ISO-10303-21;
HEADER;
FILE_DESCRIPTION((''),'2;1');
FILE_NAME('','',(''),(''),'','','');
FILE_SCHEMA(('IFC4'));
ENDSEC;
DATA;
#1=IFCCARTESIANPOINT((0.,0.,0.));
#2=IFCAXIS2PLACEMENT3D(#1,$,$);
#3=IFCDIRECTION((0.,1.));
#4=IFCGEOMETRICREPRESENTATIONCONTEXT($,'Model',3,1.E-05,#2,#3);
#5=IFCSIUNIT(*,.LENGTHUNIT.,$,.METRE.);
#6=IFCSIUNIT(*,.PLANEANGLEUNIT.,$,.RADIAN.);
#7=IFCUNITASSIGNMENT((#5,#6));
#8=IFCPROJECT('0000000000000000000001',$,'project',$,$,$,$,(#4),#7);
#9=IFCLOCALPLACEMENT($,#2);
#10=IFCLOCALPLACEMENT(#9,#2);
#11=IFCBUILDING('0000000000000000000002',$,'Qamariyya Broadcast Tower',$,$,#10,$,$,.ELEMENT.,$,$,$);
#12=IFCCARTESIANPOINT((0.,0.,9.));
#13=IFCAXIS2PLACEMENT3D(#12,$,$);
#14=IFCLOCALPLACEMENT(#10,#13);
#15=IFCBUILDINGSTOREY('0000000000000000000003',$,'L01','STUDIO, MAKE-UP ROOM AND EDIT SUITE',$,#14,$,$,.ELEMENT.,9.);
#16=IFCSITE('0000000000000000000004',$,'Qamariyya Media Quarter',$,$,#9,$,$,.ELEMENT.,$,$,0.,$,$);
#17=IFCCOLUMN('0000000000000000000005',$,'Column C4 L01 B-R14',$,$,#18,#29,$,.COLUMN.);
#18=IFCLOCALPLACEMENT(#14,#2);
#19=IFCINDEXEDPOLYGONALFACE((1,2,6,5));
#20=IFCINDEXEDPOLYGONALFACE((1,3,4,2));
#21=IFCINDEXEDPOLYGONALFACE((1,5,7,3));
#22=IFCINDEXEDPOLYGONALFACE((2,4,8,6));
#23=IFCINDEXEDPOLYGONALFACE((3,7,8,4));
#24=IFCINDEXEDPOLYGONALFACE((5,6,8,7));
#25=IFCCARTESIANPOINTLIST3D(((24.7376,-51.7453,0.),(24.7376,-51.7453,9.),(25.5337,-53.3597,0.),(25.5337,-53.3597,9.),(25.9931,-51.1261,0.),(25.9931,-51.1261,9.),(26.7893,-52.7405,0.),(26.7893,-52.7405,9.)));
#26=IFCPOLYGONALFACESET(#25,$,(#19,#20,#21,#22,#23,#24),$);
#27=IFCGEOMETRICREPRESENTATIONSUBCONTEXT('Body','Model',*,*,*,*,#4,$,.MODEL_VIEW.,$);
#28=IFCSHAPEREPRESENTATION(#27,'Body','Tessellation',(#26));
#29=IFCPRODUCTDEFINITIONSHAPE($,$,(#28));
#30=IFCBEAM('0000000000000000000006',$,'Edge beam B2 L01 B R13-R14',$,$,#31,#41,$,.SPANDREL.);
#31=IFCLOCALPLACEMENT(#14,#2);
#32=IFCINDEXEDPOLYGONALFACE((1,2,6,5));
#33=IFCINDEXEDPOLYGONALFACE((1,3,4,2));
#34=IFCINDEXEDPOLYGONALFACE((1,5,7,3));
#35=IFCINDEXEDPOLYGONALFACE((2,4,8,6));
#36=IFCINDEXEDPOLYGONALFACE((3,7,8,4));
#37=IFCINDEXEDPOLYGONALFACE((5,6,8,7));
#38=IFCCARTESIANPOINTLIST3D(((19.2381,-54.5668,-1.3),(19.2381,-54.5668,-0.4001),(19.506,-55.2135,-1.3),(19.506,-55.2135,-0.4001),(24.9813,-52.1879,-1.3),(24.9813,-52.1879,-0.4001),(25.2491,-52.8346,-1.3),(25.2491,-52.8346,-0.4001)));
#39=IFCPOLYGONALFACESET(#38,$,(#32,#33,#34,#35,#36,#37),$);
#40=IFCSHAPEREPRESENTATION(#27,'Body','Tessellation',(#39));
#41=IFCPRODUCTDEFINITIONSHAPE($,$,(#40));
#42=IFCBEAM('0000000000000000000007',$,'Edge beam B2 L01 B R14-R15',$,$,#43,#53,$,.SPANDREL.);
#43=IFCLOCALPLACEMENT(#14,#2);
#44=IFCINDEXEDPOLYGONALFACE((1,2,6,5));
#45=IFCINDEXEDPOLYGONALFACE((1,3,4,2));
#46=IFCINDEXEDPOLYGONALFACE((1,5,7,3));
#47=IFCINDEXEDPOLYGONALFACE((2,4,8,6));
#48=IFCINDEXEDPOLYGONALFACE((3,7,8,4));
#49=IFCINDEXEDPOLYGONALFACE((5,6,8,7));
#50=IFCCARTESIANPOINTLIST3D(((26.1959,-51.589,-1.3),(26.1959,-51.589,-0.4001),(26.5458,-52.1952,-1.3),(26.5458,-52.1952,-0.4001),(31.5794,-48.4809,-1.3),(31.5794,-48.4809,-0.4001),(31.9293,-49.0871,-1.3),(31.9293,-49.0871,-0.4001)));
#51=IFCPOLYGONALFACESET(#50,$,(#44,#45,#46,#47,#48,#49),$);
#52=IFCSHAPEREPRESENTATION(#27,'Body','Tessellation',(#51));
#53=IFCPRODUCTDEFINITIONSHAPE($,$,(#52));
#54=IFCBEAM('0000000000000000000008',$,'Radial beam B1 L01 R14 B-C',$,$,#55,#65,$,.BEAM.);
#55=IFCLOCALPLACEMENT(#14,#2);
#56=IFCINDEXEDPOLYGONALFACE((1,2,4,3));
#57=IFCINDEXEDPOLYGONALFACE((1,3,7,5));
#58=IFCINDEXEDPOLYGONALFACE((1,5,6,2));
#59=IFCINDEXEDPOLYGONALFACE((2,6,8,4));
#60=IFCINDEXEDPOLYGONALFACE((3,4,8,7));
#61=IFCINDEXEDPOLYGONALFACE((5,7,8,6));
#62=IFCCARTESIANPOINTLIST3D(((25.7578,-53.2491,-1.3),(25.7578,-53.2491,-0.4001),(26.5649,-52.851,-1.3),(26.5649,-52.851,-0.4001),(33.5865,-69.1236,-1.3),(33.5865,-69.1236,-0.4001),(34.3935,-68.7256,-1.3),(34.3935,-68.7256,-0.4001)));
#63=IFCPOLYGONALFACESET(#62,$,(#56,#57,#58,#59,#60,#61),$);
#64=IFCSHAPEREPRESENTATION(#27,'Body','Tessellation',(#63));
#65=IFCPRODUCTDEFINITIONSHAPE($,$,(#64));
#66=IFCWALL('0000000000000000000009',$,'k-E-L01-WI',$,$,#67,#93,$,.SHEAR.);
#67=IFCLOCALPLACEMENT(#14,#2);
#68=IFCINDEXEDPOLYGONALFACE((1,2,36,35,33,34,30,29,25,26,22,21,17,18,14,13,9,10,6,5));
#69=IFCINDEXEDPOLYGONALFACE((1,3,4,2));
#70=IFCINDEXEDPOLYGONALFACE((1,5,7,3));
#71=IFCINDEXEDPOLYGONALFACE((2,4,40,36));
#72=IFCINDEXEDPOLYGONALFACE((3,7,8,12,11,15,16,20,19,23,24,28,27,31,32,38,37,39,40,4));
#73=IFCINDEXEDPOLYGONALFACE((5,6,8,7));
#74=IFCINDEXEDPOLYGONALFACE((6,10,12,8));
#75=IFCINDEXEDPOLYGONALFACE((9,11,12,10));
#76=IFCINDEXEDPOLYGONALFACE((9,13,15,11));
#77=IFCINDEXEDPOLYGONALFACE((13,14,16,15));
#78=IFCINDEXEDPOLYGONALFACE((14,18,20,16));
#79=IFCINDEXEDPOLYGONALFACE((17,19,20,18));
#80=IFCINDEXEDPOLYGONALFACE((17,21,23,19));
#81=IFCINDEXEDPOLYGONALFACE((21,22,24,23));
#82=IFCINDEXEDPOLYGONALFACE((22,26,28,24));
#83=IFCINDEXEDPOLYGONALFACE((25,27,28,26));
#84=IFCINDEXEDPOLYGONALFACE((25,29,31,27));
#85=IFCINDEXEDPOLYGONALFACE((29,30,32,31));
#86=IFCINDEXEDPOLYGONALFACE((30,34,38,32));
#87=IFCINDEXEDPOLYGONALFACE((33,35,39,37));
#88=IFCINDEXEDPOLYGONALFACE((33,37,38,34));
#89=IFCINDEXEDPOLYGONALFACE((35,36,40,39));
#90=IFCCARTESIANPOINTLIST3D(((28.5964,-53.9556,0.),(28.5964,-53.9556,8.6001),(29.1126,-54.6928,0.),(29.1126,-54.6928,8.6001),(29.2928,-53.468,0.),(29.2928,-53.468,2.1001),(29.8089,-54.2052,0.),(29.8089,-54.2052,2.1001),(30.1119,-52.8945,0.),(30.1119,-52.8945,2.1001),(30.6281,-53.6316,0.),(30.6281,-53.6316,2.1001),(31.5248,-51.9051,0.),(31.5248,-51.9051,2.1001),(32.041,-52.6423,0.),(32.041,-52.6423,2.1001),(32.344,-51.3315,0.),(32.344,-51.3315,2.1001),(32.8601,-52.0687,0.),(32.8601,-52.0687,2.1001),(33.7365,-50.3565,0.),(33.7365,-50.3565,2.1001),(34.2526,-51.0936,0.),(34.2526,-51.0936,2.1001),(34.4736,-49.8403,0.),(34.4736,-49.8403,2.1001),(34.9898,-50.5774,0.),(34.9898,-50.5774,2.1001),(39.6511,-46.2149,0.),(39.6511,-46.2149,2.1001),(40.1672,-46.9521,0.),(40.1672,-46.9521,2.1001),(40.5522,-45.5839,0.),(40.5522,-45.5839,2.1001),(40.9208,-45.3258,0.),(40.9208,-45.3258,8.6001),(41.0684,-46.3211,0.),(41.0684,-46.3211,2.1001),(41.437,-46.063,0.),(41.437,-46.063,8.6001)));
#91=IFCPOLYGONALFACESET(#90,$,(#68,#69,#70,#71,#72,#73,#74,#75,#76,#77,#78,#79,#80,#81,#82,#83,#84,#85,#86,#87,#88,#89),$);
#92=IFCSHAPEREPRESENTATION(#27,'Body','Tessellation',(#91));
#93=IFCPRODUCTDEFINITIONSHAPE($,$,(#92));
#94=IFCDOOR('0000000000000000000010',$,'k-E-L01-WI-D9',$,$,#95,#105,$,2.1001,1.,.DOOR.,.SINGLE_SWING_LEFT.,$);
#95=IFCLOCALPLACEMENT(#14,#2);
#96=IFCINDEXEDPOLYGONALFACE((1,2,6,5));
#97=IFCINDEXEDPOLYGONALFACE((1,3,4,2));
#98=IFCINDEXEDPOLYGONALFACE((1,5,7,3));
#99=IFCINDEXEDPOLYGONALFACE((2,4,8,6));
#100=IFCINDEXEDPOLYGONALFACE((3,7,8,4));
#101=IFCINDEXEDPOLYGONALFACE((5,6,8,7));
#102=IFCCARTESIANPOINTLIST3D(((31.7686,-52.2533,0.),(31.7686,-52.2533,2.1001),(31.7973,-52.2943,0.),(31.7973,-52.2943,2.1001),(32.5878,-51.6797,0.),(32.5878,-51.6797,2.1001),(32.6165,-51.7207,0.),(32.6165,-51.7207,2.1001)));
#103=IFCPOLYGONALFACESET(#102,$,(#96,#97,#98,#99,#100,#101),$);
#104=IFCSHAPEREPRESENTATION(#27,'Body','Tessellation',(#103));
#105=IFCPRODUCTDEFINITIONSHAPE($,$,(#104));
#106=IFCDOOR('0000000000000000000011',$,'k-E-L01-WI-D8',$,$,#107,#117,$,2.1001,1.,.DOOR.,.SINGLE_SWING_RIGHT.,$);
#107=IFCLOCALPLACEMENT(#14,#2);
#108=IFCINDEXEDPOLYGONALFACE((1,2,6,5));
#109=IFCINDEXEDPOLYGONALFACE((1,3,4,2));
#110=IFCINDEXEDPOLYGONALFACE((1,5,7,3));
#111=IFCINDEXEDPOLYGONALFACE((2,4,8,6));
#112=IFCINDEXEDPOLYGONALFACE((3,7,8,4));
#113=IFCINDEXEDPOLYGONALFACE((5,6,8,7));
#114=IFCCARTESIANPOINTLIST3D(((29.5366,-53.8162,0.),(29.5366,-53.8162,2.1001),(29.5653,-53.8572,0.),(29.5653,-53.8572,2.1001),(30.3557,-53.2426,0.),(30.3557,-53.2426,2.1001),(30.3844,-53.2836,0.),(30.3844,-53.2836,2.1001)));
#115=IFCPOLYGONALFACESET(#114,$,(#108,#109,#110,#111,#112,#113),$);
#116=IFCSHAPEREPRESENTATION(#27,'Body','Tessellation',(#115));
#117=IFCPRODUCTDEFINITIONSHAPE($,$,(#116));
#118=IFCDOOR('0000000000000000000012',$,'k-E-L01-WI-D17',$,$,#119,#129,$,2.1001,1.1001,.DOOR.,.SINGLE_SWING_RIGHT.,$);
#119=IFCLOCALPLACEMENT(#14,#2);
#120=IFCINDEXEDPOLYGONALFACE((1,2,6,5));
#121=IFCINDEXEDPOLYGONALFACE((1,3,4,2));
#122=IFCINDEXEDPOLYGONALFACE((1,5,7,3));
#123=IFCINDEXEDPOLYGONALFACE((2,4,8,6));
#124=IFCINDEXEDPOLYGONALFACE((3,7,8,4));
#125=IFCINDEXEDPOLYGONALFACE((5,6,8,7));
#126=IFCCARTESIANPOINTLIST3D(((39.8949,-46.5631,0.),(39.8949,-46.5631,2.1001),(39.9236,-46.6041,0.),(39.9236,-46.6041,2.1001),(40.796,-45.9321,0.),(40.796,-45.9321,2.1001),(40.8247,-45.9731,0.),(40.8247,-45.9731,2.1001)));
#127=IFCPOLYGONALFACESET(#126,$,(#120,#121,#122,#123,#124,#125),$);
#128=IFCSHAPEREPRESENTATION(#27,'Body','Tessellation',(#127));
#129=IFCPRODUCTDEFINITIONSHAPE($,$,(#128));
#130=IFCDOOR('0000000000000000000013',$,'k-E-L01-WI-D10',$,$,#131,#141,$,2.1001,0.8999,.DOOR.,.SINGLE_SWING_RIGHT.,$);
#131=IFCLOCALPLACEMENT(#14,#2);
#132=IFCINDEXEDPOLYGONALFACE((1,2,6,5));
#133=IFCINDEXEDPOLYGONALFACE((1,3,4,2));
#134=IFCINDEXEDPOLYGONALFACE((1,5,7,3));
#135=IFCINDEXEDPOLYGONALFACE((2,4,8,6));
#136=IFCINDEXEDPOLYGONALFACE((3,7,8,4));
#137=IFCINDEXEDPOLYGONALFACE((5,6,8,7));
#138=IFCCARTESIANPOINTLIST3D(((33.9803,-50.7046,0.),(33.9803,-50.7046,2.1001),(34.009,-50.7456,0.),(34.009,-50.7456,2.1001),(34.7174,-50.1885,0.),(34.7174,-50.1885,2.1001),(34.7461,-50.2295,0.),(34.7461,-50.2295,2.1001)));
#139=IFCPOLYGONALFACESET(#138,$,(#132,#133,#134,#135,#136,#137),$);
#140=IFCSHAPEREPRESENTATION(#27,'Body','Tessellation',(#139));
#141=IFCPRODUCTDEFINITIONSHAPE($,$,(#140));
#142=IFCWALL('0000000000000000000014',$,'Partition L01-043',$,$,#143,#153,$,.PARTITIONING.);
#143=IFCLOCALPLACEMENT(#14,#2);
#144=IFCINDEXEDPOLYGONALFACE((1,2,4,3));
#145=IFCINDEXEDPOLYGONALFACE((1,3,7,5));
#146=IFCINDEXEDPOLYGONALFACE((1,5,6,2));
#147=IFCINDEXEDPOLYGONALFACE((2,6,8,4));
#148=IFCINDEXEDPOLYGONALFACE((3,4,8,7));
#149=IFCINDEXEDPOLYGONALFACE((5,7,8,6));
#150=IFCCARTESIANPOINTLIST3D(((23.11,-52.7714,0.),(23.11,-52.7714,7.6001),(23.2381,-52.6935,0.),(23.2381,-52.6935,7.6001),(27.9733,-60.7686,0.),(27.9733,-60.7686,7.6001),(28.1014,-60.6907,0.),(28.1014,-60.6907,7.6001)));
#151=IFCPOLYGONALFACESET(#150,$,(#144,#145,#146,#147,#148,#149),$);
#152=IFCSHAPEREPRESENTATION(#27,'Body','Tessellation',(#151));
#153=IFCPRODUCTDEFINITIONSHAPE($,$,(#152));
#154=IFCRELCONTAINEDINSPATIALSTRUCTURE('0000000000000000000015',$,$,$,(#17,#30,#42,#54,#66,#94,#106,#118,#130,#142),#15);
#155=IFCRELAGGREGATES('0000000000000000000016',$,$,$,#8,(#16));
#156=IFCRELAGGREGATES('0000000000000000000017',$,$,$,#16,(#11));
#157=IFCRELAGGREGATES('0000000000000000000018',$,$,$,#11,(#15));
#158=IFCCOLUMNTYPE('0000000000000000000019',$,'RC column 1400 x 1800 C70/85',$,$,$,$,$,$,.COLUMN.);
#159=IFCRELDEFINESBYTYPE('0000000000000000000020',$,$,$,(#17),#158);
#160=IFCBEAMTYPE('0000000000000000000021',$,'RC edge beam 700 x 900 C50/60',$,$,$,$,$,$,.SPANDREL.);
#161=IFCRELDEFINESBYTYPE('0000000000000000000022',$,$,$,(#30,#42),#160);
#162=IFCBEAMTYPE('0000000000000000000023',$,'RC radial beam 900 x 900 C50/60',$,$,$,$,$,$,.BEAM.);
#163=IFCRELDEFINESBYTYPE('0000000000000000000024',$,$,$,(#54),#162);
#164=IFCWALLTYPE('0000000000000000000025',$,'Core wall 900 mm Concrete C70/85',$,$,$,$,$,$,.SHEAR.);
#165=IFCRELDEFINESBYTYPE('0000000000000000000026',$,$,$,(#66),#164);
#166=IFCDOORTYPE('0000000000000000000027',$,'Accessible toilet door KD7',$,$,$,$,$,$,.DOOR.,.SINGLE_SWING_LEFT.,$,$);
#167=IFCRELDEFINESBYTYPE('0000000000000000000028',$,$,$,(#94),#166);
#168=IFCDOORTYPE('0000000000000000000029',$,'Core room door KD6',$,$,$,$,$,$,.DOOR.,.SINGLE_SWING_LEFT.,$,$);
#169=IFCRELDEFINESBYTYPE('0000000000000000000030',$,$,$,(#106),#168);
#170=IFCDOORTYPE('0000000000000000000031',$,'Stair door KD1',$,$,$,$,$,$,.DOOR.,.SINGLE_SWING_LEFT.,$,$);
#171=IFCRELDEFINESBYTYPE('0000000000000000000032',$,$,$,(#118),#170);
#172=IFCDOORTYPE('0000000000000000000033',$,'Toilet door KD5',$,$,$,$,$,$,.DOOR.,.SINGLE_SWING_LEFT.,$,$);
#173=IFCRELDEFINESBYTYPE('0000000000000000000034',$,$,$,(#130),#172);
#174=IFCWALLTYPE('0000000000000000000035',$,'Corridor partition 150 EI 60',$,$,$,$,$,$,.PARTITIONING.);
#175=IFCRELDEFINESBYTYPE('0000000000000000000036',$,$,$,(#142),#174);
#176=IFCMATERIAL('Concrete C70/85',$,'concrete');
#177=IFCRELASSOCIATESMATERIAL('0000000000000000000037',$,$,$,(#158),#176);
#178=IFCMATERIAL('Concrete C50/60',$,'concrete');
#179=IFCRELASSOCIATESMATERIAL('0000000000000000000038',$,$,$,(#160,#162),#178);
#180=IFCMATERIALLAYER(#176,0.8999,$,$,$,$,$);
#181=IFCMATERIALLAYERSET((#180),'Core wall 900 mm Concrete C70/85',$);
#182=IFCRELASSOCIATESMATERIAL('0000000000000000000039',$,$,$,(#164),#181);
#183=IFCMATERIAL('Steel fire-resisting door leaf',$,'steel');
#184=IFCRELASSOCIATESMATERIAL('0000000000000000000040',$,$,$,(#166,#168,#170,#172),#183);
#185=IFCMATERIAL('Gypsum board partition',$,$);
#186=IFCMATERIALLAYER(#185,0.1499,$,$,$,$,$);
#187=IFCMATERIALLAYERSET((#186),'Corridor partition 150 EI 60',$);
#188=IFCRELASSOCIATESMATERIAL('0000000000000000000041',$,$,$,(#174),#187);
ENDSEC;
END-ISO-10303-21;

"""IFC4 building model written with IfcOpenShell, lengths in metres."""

from ifc_helpers import new_model, si_unit, direction, frame, frame_2d, origin, origin_2d, place, context, subcontext, project, spatial, rectangle, extrude, material, layer, layer_set, material_profile, profile_set, type_object, element, fill, save


model = new_model("IFC4")

# Units and contexts
model_context = context("Model", 3, precision=1e-05, world=origin(), true_north=direction((0.0, 1.0)))
body_context = subcontext(model_context, "Body", "Model", "MODEL_VIEW")
ifc_project = project(units=[si_unit("LENGTHUNIT", "METRE"), si_unit("PLANEANGLEUNIT", "RADIAN")], contexts=[model_context])

# Site, building, storey
site_placement = place(None, origin())
site = spatial("IfcSite", under=ifc_project, at=site_placement, Name="Qamariyya Media Quarter", CompositionType="ELEMENT", RefElevation=0.0)
building_placement = place(site_placement, origin())
building = spatial("IfcBuilding", under=site, at=building_placement, Name="Qamariyya Broadcast Tower", CompositionType="ELEMENT")
storey_placement = place(building_placement, frame((0.0, 0.0, 9.0)))
storey = spatial("IfcBuildingStorey", under=building, at=storey_placement, Name="L01", Description="STUDIO, MAKE-UP ROOM AND EDIT SUITE", CompositionType="ELEMENT", Elevation=9.0)

# Column
ifc_material_1 = material(Name="Concrete C70/85", Category="concrete")
ifc_material_profile_1 = material_profile(ifc_material_1, rectangle(XDim=1.3999, YDim=1.8, at=origin_2d()))
ifc_profile_set_1 = profile_set([ifc_material_profile_1], Name="Concrete C70/85")
column_type = type_object("IfcColumnType", Name="RC column 1400 x 1800 C70/85", PredefinedType="COLUMN", material=ifc_profile_set_1)
column_placement = place(storey_placement, frame((25.7634, -52.2429, 0.0), z_axis=(0.0, 0.0, 1.0), x_axis=(0.896873, 0.442289, 0.0)))
element("IfcColumn", 1, at=column_placement, inside=storey, type_object=column_type, Name="Column C4 L01 B-R14", PredefinedType="COLUMN", context=body_context, shape_type="SweptSolid", body=[
    extrude(rectangle(XDim=1.3999, YDim=1.8, at=origin_2d()), origin(), (0.0, 0.0, 1.0), 9.0),
])

# Beams
ifc_material_2 = material(Name="Concrete C50/60", Category="concrete")
ifc_material_profile_2 = material_profile(ifc_material_2, rectangle(XDim=0.7, YDim=0.8999, at=origin_2d()))
ifc_profile_set_2 = profile_set([ifc_material_profile_2], Name="Concrete C50/60")
beam_type_1 = type_object("IfcBeamType", Name="RC edge beam 700 x 900 C50/60", PredefinedType="SPANDREL", material=ifc_profile_set_2)
for number, where, z_axis, x_axis, name in (
    (2, (19.3721, -54.8901, -0.8501), (0.923879, 0.382685, 0.0), (-0.382685, 0.923879, 0.0), "Edge beam B2 L01 B R13-R14"),
    (3, (26.3708, -51.8921, -0.8501), (0.866028, 0.499996, 0.0), (-0.499996, 0.866028, 0.0), "Edge beam B2 L01 B R14-R15"),
):
    element("IfcBeam", number, at=place(storey_placement, frame(where, z_axis=z_axis, x_axis=x_axis)), inside=storey, type_object=beam_type_1, Name=name, PredefinedType="SPANDREL", context=body_context, shape_type="SweptSolid", body=[
        extrude(rectangle(XDim=0.7, YDim=0.8999, at=origin_2d()), origin(), (0.0, 0.0, 1.0), 6.2163),
    ])
ifc_material_profile_3 = material_profile(ifc_material_2, rectangle(XDim=0.8999, YDim=0.8999, at=origin_2d()))
ifc_profile_set_3 = profile_set([ifc_material_profile_3], Name="Concrete C50/60")
beam_type_2 = type_object("IfcBeamType", Name="RC radial beam 900 x 900 C50/60", PredefinedType="BEAM", material=ifc_profile_set_3)
beam_placement = place(storey_placement, frame((26.1614, -53.05, -0.8501), z_axis=(0.442296, -0.896869, 0.0), x_axis=(0.896869, 0.442296, 0.0)))
element("IfcBeam", 4, at=beam_placement, inside=storey, type_object=beam_type_2, Name="Radial beam B1 L01 R14 B-C", PredefinedType="BEAM", context=body_context, shape_type="SweptSolid", body=[
    extrude(rectangle(XDim=0.8999, YDim=0.8999, at=origin_2d()), origin(), (0.0, 0.0, 1.0), 17.7),
])

# Wall, openings, doors
ifc_layer_1 = layer(ifc_material_1, 0.8999)
ifc_layer_set_1 = layer_set([ifc_layer_1], Name="Core wall 900 mm Concrete C70/85")
wall_type_1 = type_object("IfcWallType", Name="Core wall 900 mm Concrete C70/85", PredefinedType="SHEAR", material=ifc_layer_set_1)
wall_1_placement = place(storey_placement, frame((28.8545, -54.3242, 0.0), z_axis=(0.0, 0.0, 1.0), x_axis=(0.819146, 0.573585, 0.0)))
wall_1 = element("IfcWall", 5, at=wall_1_placement, inside=storey, type_object=wall_type_1, Name="k-E-L01-WI", PredefinedType="SHEAR", context=body_context, shape_type="SweptSolid", body=[
    extrude(rectangle(XDim=15.0454, YDim=0.8999, at=frame_2d((7.5227, 0.0))), origin(), (0.0, 0.0, 1.0), 8.6001),
])
opening_1_placement = place(wall_1_placement, frame((0.8501, 0.0, 0.0)))
opening_1 = element("IfcOpeningElement", 6, at=opening_1_placement, cuts=wall_1, PredefinedType="OPENING", context=body_context, shape_type="SweptSolid", body=[
    extrude(rectangle(XDim=1.0, YDim=2.1001, at=frame_2d((0.5, 1.05))), frame((0.0, 0.46, 0.0), z_axis=(0.0, -1.0, 0.0), x_axis=(1.0, 0.0, 0.0)), (0.0, 0.0, 1.0), 0.9199),
])
opening_2_placement = place(wall_1_placement, frame((3.575, 0.0, 0.0)))
opening_2 = element("IfcOpeningElement", 7, at=opening_2_placement, cuts=wall_1, PredefinedType="OPENING", context=body_context, shape_type="SweptSolid", body=[
    extrude(rectangle(XDim=1.0, YDim=2.1001, at=frame_2d((0.5, 1.05))), frame((0.0, 0.46, 0.0), z_axis=(0.0, -1.0, 0.0), x_axis=(1.0, 0.0, 0.0)), (0.0, 0.0, 1.0), 0.9199),
])
opening_3_placement = place(wall_1_placement, frame((6.2749, 0.0, 0.0)))
opening_3 = element("IfcOpeningElement", 8, at=opening_3_placement, cuts=wall_1, PredefinedType="OPENING", context=body_context, shape_type="SweptSolid", body=[
    extrude(rectangle(XDim=0.8999, YDim=2.1001, at=frame_2d((0.45, 1.05))), frame((0.0, 0.46, 0.0), z_axis=(0.0, -1.0, 0.0), x_axis=(1.0, 0.0, 0.0)), (0.0, 0.0, 1.0), 0.9199),
])
opening_4_placement = place(wall_1_placement, frame((13.4954, 0.0, 0.0)))
opening_4 = element("IfcOpeningElement", 9, at=opening_4_placement, cuts=wall_1, PredefinedType="OPENING", context=body_context, shape_type="SweptSolid", body=[
    extrude(rectangle(XDim=1.1001, YDim=2.1001, at=frame_2d((0.55, 1.05))), frame((0.0, 0.46, 0.0), z_axis=(0.0, -1.0, 0.0), x_axis=(1.0, 0.0, 0.0)), (0.0, 0.0, 1.0), 0.9199),
])
ifc_material_3 = material(Name="Steel fire-resisting door leaf", Category="steel")
door_type_1 = type_object("IfcDoorType", Name="Accessible toilet door KD7", OperationType="SINGLE_SWING_LEFT", PredefinedType="DOOR", material=ifc_material_3)
door_1_placement = place(opening_2_placement, origin())
door_1 = element("IfcDoor", 10, at=door_1_placement, inside=storey, type_object=door_type_1, Name="k-E-L01-WI-D9", OperationType="SINGLE_SWING_LEFT", OverallHeight=2.1001, OverallWidth=1.0, PredefinedType="DOOR", context=body_context, shape_type="SweptSolid", body=[
    extrude(rectangle(XDim=1.0, YDim=2.1001, at=frame_2d((0.5, 1.05))), frame((0.0, 0.0249, 0.0), z_axis=(0.0, -1.0, 0.0), x_axis=(1.0, 0.0, 0.0)), (0.0, 0.0, 1.0), 0.05),
])
fill(opening_2, door_1)
door_type_2 = type_object("IfcDoorType", Name="Core room door KD6", OperationType="SINGLE_SWING_LEFT", PredefinedType="DOOR", material=ifc_material_3)
door_2_placement = place(opening_1_placement, origin())
door_2 = element("IfcDoor", 11, at=door_2_placement, inside=storey, type_object=door_type_2, Name="k-E-L01-WI-D8", OperationType="SINGLE_SWING_RIGHT", OverallHeight=2.1001, OverallWidth=1.0, PredefinedType="DOOR", context=body_context, shape_type="SweptSolid", body=[
    extrude(rectangle(XDim=1.0, YDim=2.1001, at=frame_2d((0.5, 1.05))), frame((0.0, 0.0249, 0.0), z_axis=(0.0, -1.0, 0.0), x_axis=(1.0, 0.0, 0.0)), (0.0, 0.0, 1.0), 0.05),
])
fill(opening_1, door_2)
door_type_3 = type_object("IfcDoorType", Name="Stair door KD1", OperationType="SINGLE_SWING_LEFT", PredefinedType="DOOR", material=ifc_material_3)
door_3_placement = place(opening_4_placement, origin())
door_3 = element("IfcDoor", 12, at=door_3_placement, inside=storey, type_object=door_type_3, Name="k-E-L01-WI-D17", OperationType="SINGLE_SWING_RIGHT", OverallHeight=2.1001, OverallWidth=1.1001, PredefinedType="DOOR", context=body_context, shape_type="SweptSolid", body=[
    extrude(rectangle(XDim=1.1001, YDim=2.1001, at=frame_2d((0.55, 1.05))), frame((0.0, 0.0249, 0.0), z_axis=(0.0, -1.0, 0.0), x_axis=(1.0, 0.0, 0.0)), (0.0, 0.0, 1.0), 0.05),
])
fill(opening_4, door_3)
door_type_4 = type_object("IfcDoorType", Name="Toilet door KD5", OperationType="SINGLE_SWING_LEFT", PredefinedType="DOOR", material=ifc_material_3)
door_4_placement = place(opening_3_placement, origin())
door_4 = element("IfcDoor", 13, at=door_4_placement, inside=storey, type_object=door_type_4, Name="k-E-L01-WI-D10", OperationType="SINGLE_SWING_RIGHT", OverallHeight=2.1001, OverallWidth=0.8999, PredefinedType="DOOR", context=body_context, shape_type="SweptSolid", body=[
    extrude(rectangle(XDim=0.8999, YDim=2.1001, at=frame_2d((0.45, 1.05))), frame((0.0, 0.0249, 0.0), z_axis=(0.0, -1.0, 0.0), x_axis=(1.0, 0.0, 0.0)), (0.0, 0.0, 1.0), 0.05),
])
fill(opening_3, door_4)

# Wall
ifc_material_4 = material(Name="Gypsum board partition")
ifc_layer_2 = layer(ifc_material_4, 0.1499)
ifc_layer_set_2 = layer_set([ifc_layer_2], Name="Corridor partition 150 EI 60")
wall_type_2 = type_object("IfcWallType", Name="Corridor partition 150 EI 60", PredefinedType="PARTITIONING", material=ifc_layer_set_2)
wall_2_placement = place(storey_placement, frame((23.1741, -52.7324, 0.0), z_axis=(0.0, 0.0, 1.0), x_axis=(0.519584, -0.854419, 0.0)))
element("IfcWall", 14, at=wall_2_placement, inside=storey, type_object=wall_type_2, Name="Partition L01-043", PredefinedType="PARTITIONING", context=body_context, shape_type="SweptSolid", body=[
    extrude(rectangle(XDim=9.3599, YDim=0.1499, at=frame_2d((4.6799, 0.0))), origin(), (0.0, 0.0, 1.0), 7.6001),
])

save(model, "model.ifc")
